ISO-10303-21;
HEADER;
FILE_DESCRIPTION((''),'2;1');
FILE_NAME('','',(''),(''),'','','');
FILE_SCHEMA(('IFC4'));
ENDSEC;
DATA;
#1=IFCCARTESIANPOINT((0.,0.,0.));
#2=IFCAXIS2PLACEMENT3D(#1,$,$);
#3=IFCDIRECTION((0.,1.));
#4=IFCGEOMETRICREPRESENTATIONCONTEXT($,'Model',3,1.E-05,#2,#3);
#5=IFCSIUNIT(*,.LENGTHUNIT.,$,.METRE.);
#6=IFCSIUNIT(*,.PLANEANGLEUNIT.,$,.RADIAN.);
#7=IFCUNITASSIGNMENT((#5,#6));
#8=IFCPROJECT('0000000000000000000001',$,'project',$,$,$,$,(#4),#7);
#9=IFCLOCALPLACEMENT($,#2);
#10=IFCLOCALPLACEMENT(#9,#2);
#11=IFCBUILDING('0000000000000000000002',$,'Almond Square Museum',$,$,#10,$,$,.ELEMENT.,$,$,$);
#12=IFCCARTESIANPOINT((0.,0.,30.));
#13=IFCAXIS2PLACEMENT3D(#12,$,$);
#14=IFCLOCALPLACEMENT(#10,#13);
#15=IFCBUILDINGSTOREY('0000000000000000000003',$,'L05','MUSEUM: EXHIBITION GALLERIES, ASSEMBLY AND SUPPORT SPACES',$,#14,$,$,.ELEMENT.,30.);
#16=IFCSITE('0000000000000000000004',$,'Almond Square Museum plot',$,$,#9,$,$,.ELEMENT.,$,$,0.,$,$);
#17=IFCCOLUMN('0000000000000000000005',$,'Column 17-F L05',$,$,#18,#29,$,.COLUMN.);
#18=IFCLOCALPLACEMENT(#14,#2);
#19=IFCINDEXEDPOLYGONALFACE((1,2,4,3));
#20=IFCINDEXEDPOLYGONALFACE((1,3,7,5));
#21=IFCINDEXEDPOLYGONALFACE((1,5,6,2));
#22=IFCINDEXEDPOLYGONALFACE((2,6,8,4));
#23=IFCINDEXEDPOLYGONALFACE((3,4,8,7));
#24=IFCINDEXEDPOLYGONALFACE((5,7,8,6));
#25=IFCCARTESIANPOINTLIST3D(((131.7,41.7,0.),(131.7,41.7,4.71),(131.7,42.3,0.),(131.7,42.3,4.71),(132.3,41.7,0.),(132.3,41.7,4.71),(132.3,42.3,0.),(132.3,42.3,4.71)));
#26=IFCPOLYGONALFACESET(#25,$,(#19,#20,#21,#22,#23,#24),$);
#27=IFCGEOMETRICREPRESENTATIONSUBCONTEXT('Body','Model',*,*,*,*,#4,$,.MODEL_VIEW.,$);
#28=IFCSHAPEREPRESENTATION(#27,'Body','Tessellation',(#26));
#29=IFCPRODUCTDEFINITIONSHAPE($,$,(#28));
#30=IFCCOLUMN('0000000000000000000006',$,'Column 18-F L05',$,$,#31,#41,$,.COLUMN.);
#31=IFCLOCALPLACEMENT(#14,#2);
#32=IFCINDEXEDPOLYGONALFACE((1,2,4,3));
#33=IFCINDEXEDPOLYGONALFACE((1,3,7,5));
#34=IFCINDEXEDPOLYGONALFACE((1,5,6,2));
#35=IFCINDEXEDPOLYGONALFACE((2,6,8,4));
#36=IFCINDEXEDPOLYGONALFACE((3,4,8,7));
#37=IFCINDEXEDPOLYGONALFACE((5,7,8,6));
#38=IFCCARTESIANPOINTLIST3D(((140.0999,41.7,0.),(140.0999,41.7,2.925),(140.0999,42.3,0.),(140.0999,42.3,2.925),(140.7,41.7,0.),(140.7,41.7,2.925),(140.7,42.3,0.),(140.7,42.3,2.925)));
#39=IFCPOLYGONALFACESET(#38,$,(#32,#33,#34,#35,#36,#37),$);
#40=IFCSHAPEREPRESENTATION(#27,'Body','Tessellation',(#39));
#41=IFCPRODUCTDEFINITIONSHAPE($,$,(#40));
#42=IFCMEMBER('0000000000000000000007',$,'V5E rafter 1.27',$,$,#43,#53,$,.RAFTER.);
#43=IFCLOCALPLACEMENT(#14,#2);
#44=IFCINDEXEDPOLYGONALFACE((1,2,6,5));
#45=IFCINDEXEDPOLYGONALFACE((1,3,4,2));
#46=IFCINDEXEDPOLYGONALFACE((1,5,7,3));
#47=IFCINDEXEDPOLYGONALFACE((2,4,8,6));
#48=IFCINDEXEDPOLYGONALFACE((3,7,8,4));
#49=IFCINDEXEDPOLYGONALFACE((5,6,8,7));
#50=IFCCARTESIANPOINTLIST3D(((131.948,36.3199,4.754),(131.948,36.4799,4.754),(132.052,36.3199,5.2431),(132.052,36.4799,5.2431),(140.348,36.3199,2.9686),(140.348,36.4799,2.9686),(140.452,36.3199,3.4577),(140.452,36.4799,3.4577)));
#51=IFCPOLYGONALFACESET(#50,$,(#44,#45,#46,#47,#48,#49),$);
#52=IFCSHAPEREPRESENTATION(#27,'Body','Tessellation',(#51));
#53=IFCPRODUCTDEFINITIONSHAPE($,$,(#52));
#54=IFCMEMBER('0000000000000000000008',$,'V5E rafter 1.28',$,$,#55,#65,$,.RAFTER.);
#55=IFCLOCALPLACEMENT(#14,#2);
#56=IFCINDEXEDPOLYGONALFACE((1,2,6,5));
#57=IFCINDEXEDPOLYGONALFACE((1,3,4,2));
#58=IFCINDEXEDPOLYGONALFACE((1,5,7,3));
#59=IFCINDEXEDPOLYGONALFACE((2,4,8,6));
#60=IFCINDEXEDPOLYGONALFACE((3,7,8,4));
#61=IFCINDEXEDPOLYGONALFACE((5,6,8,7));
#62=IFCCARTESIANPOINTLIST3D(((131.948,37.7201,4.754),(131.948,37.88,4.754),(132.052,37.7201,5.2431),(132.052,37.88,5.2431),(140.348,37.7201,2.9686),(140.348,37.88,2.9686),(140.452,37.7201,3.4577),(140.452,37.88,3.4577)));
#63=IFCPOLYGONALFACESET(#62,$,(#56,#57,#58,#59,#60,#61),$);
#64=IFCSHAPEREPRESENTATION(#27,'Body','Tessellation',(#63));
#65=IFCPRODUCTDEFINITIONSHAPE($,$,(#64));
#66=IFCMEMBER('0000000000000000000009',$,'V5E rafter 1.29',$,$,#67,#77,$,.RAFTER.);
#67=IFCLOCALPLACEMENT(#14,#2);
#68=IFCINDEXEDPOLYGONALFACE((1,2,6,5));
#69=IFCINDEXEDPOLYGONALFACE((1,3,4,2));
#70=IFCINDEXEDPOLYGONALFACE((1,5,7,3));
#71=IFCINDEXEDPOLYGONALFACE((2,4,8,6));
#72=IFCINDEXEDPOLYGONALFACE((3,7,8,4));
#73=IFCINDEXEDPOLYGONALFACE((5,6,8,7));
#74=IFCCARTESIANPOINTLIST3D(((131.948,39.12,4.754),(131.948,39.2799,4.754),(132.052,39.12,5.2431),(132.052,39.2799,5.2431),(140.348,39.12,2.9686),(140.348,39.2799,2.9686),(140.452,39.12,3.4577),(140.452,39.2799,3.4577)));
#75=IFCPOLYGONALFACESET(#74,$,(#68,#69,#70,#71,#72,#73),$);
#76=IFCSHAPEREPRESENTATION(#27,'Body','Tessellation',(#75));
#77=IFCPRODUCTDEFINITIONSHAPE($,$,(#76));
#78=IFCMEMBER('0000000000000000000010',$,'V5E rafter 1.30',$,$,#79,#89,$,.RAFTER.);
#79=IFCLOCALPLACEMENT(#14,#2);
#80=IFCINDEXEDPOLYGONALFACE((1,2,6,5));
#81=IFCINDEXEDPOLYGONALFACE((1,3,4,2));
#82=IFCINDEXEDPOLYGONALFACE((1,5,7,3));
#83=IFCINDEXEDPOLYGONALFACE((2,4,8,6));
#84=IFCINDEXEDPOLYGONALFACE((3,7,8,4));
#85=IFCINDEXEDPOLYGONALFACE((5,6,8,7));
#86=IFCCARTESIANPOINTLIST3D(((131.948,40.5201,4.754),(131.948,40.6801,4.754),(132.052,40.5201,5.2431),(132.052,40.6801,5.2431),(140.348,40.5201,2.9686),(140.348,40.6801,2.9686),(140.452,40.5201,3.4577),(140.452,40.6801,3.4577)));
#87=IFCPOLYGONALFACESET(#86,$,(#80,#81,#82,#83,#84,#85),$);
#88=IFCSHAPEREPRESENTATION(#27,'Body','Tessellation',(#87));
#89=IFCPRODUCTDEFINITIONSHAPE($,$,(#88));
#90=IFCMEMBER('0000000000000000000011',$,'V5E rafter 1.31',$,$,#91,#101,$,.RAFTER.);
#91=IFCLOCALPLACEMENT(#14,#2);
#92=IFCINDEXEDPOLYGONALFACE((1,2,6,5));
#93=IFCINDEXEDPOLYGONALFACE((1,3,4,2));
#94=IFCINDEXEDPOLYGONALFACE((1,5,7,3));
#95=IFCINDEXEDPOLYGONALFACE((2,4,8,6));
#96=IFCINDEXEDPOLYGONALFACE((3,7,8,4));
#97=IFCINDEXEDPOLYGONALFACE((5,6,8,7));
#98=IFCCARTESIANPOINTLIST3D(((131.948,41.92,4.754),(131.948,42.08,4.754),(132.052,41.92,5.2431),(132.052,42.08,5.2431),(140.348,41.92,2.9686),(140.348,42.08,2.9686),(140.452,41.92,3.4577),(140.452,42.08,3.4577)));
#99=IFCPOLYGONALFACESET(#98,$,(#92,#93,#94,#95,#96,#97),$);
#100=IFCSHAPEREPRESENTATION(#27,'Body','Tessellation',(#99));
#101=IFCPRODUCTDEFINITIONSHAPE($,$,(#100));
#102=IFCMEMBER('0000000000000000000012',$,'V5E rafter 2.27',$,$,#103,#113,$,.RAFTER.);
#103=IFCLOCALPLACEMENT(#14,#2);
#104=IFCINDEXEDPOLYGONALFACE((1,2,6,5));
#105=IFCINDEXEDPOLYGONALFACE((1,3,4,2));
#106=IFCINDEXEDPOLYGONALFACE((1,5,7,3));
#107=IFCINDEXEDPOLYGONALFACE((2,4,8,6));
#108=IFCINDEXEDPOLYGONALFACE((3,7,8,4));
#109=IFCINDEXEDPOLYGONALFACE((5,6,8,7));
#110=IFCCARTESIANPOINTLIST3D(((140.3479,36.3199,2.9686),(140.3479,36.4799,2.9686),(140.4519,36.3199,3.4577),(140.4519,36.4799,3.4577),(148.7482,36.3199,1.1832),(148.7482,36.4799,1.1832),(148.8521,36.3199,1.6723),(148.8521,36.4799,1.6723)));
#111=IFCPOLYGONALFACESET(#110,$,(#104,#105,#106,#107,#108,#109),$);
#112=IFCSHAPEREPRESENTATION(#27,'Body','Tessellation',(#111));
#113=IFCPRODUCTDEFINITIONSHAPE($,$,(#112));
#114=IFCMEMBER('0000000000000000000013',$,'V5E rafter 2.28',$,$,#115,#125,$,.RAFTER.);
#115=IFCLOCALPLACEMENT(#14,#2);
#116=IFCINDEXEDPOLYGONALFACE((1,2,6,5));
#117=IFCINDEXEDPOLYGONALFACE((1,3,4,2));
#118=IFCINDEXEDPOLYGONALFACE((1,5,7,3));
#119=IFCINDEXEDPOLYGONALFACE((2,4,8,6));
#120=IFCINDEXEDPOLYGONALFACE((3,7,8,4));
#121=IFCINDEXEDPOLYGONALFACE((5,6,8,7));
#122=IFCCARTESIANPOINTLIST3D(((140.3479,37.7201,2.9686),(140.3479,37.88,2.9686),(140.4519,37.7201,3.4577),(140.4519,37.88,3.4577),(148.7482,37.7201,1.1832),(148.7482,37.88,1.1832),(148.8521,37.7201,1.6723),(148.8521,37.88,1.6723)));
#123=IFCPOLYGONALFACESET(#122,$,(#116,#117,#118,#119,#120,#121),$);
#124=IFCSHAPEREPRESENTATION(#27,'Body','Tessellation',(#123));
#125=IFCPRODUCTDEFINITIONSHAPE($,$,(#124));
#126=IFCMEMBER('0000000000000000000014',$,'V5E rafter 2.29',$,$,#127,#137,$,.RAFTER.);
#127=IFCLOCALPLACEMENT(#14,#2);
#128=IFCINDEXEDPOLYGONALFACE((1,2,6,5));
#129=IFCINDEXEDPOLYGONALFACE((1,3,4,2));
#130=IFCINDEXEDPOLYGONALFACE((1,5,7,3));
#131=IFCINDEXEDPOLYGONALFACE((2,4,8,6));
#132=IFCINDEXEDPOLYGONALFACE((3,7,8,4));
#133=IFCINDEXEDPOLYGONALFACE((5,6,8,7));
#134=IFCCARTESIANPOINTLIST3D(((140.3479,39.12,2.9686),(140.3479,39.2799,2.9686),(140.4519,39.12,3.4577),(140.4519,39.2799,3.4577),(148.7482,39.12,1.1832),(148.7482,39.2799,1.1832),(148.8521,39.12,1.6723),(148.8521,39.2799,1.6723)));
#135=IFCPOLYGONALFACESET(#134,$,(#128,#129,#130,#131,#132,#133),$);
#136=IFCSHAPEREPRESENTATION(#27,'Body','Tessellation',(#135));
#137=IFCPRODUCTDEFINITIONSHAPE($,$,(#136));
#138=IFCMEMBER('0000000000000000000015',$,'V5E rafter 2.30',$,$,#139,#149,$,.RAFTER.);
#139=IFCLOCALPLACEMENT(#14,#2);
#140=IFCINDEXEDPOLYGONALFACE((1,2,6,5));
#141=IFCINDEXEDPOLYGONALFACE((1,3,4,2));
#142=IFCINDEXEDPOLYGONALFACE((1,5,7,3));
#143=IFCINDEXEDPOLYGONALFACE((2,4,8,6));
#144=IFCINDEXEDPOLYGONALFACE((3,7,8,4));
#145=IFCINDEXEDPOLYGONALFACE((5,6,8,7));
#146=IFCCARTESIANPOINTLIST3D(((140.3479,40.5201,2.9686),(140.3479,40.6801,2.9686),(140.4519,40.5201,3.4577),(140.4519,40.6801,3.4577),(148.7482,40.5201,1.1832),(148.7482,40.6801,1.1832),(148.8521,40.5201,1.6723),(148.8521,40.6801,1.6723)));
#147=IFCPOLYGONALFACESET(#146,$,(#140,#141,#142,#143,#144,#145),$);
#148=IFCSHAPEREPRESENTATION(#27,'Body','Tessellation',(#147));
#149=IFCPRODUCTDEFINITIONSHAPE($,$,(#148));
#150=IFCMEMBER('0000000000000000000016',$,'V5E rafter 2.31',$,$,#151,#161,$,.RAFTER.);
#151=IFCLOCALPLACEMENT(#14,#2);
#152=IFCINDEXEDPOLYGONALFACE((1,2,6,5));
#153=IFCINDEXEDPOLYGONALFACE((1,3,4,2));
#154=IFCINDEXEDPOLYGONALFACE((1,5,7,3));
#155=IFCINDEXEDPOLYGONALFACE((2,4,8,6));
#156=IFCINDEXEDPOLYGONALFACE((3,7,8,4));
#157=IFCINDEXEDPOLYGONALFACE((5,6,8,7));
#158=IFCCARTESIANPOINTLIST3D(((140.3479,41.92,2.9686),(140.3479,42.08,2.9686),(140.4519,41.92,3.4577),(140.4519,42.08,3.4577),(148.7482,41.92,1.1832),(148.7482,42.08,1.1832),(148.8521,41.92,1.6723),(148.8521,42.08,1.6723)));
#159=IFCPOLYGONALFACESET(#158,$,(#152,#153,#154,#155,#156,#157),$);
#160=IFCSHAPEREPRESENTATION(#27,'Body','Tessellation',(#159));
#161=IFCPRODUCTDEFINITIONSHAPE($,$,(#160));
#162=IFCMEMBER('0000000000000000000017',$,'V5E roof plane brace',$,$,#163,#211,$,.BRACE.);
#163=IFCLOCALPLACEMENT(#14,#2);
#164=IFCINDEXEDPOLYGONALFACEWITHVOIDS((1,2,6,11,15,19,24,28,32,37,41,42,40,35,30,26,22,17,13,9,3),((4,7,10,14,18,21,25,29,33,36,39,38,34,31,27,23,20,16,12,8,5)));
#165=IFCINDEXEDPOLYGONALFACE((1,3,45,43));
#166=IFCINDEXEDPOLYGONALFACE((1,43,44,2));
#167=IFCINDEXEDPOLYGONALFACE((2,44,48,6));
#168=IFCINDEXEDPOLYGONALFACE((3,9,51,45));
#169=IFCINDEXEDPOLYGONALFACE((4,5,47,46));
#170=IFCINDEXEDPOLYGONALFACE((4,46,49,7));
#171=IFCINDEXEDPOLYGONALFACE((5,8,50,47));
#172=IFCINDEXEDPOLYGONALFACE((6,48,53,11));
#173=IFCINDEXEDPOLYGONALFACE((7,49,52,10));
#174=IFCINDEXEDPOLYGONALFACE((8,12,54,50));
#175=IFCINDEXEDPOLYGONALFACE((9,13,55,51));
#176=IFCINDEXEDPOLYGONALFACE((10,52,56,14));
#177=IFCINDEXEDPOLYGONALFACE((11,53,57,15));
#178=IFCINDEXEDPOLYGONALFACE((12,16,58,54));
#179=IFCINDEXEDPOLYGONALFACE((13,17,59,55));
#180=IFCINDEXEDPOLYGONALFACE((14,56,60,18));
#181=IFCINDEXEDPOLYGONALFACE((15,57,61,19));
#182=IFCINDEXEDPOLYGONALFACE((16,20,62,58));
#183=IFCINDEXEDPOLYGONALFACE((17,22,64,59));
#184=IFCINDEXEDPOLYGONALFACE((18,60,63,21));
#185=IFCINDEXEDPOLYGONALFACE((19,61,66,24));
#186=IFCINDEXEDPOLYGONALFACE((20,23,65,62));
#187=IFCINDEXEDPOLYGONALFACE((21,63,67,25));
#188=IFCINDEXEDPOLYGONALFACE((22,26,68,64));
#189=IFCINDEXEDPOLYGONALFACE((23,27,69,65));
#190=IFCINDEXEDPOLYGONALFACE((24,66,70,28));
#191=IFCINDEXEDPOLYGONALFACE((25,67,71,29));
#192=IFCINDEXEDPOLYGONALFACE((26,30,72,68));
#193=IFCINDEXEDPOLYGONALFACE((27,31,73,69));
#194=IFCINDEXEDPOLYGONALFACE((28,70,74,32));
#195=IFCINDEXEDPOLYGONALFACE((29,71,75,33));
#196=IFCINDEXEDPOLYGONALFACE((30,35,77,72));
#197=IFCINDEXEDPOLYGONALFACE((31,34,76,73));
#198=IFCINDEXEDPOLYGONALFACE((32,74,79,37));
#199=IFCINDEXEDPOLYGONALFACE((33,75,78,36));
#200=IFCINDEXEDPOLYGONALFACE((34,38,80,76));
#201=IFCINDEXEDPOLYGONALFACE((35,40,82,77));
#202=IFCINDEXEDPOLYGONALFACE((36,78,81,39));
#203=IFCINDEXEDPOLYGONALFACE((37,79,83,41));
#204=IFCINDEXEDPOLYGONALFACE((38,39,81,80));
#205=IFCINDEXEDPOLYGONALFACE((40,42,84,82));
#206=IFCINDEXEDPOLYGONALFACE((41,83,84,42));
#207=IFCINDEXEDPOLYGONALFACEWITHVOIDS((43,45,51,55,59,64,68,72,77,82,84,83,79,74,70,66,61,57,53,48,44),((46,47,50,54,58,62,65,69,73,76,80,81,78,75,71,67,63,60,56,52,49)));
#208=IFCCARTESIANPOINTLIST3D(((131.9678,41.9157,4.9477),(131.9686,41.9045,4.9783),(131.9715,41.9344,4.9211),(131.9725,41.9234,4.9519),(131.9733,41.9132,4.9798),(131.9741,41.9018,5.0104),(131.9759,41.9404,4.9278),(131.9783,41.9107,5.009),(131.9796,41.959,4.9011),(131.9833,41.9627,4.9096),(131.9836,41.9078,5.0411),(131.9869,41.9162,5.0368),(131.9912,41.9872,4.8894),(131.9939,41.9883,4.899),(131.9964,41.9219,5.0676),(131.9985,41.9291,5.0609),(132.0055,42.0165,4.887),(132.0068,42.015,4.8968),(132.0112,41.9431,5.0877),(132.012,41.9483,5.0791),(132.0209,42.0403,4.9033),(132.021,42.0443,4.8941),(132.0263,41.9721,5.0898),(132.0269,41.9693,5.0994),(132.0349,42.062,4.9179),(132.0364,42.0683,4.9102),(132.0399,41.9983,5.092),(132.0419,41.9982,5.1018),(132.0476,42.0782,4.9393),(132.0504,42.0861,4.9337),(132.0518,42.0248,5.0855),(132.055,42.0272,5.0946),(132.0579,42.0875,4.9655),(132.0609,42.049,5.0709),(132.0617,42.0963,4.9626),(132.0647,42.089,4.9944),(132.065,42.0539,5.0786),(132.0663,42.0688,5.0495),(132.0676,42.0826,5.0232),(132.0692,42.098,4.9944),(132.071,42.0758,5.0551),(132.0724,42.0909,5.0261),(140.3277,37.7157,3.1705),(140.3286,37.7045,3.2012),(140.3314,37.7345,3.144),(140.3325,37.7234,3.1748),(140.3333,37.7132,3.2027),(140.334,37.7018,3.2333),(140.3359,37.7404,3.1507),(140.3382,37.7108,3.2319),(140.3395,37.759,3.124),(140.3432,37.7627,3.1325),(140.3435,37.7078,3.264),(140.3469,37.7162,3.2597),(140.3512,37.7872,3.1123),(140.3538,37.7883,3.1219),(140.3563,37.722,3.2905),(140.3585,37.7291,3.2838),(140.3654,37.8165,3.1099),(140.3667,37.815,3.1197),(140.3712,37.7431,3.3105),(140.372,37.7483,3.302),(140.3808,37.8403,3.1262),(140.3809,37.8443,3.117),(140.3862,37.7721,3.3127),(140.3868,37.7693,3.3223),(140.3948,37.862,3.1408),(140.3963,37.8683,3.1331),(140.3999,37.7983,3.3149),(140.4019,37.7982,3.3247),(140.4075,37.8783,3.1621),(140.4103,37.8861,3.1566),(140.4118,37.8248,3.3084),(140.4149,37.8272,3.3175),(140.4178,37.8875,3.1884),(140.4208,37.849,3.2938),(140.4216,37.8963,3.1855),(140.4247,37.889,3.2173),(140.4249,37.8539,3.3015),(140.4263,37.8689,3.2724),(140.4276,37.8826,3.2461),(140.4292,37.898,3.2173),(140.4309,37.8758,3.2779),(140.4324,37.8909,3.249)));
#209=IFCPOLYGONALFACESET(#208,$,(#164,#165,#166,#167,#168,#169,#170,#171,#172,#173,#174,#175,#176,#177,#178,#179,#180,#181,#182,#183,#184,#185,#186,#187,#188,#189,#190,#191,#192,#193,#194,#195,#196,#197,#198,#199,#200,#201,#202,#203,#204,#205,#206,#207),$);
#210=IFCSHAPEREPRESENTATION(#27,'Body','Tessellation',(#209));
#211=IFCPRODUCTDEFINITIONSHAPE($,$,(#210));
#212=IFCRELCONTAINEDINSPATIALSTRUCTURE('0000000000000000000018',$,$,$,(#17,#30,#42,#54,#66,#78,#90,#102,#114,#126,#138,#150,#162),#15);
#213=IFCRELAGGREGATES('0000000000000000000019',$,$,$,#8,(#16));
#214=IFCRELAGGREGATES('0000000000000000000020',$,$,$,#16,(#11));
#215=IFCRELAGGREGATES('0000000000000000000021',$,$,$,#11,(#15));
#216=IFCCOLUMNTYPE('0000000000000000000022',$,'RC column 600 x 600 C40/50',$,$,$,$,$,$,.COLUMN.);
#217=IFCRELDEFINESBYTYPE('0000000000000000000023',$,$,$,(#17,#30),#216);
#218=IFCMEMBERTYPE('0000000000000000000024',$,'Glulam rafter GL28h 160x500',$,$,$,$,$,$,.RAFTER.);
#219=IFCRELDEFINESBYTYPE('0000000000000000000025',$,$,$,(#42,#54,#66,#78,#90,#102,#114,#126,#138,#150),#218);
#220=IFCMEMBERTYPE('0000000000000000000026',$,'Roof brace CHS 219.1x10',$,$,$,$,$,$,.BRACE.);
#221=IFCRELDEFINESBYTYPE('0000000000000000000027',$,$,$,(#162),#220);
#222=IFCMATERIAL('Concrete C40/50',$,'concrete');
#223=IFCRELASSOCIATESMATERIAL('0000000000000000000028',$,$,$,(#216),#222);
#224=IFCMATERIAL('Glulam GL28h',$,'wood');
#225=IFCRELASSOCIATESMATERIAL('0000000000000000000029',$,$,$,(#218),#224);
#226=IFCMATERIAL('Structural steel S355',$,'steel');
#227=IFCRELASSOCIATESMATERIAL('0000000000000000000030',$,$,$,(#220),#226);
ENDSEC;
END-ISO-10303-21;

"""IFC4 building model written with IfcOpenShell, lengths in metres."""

from ifc_helpers import new_model, si_unit, direction, frame, origin, origin_2d, place, context, subcontext, project, spatial, rectangle, hollow_circle, extrude, material, material_profile, profile_set, type_object, element, save


model = new_model("IFC4")

# Units and contexts
model_context = context("Model", 3, precision=1e-05, world=origin(), true_north=direction((0.0, 1.0)))
body_context = subcontext(model_context, "Body", "Model", "MODEL_VIEW")
ifc_project = project(units=[si_unit("LENGTHUNIT", "METRE"), si_unit("PLANEANGLEUNIT", "RADIAN")], contexts=[model_context])

# Site, building, storey
site_placement = place(None, origin())
site = spatial("IfcSite", under=ifc_project, at=site_placement, Name="Almond Square Museum plot", CompositionType="ELEMENT", RefElevation=0.0)
building_placement = place(site_placement, origin())
building = spatial("IfcBuilding", under=site, at=building_placement, Name="Almond Square Museum", CompositionType="ELEMENT")
storey_placement = place(building_placement, frame((0.0, 0.0, 30.0)))
storey = spatial("IfcBuildingStorey", under=building, at=storey_placement, Name="L05", Description="MUSEUM: EXHIBITION GALLERIES, ASSEMBLY AND SUPPORT SPACES", CompositionType="ELEMENT", Elevation=30.0)

# Columns
ifc_material_1 = material(Name="Concrete C40/50", Category="concrete")
ifc_material_profile_1 = material_profile(ifc_material_1, rectangle(XDim=0.6001, YDim=0.6001, at=origin_2d()))
ifc_profile_set_1 = profile_set([ifc_material_profile_1], Name="Concrete C40/50")
column_type = type_object("IfcColumnType", Name="RC column 600 x 600 C40/50", PredefinedType="COLUMN", material=ifc_profile_set_1)
column_1_placement = place(storey_placement, frame((132.0, 42.0, 0.0), z_axis=(0.0, 0.0, 1.0), x_axis=(1.0, 0.0, 0.0)))
element("IfcColumn", 1, at=column_1_placement, inside=storey, type_object=column_type, Name="Column 17-F L05", PredefinedType="COLUMN", context=body_context, shape_type="SweptSolid", body=[
    extrude(rectangle(XDim=0.6001, YDim=0.6001, at=origin_2d()), origin(), (0.0, 0.0, 1.0), 4.71),
])
column_2_placement = place(storey_placement, frame((140.3999, 42.0, 0.0), z_axis=(0.0, 0.0, 1.0), x_axis=(1.0, 0.0, 0.0)))
element("IfcColumn", 2, at=column_2_placement, inside=storey, type_object=column_type, Name="Column 18-F L05", PredefinedType="COLUMN", context=body_context, shape_type="SweptSolid", body=[
    extrude(rectangle(XDim=0.6001, YDim=0.6001, at=origin_2d()), origin(), (0.0, 0.0, 1.0), 2.925),
])

# Members
ifc_material_2 = material(Name="Glulam GL28h", Category="wood")
ifc_material_profile_2 = material_profile(ifc_material_2, rectangle(XDim=0.1599, YDim=0.5, at=origin_2d()))
ifc_profile_set_2 = profile_set([ifc_material_profile_2], Name="Glulam GL28h")
member_type_1 = type_object("IfcMemberType", Name="Glulam rafter GL28h 160x500", PredefinedType="RAFTER", material=ifc_profile_set_2)
for number, where, z_axis, x_axis, name in (
    (3, (132.0, 36.3999, 4.9985), (0.978149, 0.0, -0.207906), (0.0, 1.0, 0.0), "V5E rafter 1.27"),
    (4, (132.0, 37.8, 4.9985), (0.978149, 0.0, -0.207906), (0.0, 1.0, 0.0), "V5E rafter 1.28"),
    (5, (132.0, 39.2, 4.9985), (0.978149, 0.0, -0.207906), (0.0, 1.0, 0.0), "V5E rafter 1.29"),
    (6, (132.0, 40.6001, 4.9985), (0.978149, 0.0, -0.207906), (0.0, 1.0, 0.0), "V5E rafter 1.30"),
    (7, (132.0, 42.0, 4.9985), (0.978149, 0.0, -0.207906), (0.0, 1.0, 0.0), "V5E rafter 1.31"),
):
    element("IfcMember", number, at=place(storey_placement, frame(where, z_axis=z_axis, x_axis=x_axis)), inside=storey, type_object=member_type_1, Name=name, PredefinedType="RAFTER", context=body_context, shape_type="SweptSolid", body=[
        extrude(rectangle(XDim=0.1599, YDim=0.5, at=origin_2d()), origin(), (0.0, 0.0, 1.0), 8.5876),
    ])
for number, where, z_axis, x_axis, name in (
    (8, (140.3999, 36.3999, 3.2131), (0.97815, 0.0, -0.2079), (0.0, 1.0, 0.0), "V5E rafter 2.27"),
    (9, (140.3999, 37.8, 3.2131), (0.97815, 0.0, -0.2079), (0.0, 1.0, 0.0), "V5E rafter 2.28"),
    (10, (140.3999, 39.2, 3.2131), (0.97815, 0.0, -0.2079), (0.0, 1.0, 0.0), "V5E rafter 2.29"),
    (11, (140.3999, 40.6001, 3.2131), (0.97815, 0.0, -0.2079), (0.0, 1.0, 0.0), "V5E rafter 2.30"),
    (12, (140.3999, 42.0, 3.2131), (0.97815, 0.0, -0.2079), (0.0, 1.0, 0.0), "V5E rafter 2.31"),
):
    element("IfcMember", number, at=place(storey_placement, frame(where, z_axis=z_axis, x_axis=x_axis)), inside=storey, type_object=member_type_1, Name=name, PredefinedType="RAFTER", context=body_context, shape_type="SweptSolid", body=[
        extrude(rectangle(XDim=0.1599, YDim=0.5, at=origin_2d()), origin(), (0.0, 0.0, 1.0), 8.5879),
    ])
ifc_material_3 = material(Name="Structural steel S355", Category="steel")
ifc_material_profile_3 = material_profile(ifc_material_3, hollow_circle(Radius=0.1096, WallThickness=0.01, at=origin_2d()))
ifc_profile_set_3 = profile_set([ifc_material_profile_3], Name="Structural steel S355")
member_type_2 = type_object("IfcMemberType", Name="Roof brace CHS 219.1x10", PredefinedType="BRACE", material=ifc_profile_set_3)
member_placement = place(storey_placement, frame((132.02, 42.0, 4.9944), z_axis=(0.877873, -0.441039, -0.186614), x_axis=(0.448925, 0.89357, 0.0)))
element("IfcMember", 13, at=member_placement, inside=storey, type_object=member_type_2, Name="V5E roof plane brace", PredefinedType="BRACE", context=body_context, shape_type="SweptSolid", body=[
    extrude(hollow_circle(Radius=0.1096, WallThickness=0.01, at=origin_2d()), origin(), (0.0, 0.0, 1.0), 9.5229),
])

save(model, "model.ifc")
